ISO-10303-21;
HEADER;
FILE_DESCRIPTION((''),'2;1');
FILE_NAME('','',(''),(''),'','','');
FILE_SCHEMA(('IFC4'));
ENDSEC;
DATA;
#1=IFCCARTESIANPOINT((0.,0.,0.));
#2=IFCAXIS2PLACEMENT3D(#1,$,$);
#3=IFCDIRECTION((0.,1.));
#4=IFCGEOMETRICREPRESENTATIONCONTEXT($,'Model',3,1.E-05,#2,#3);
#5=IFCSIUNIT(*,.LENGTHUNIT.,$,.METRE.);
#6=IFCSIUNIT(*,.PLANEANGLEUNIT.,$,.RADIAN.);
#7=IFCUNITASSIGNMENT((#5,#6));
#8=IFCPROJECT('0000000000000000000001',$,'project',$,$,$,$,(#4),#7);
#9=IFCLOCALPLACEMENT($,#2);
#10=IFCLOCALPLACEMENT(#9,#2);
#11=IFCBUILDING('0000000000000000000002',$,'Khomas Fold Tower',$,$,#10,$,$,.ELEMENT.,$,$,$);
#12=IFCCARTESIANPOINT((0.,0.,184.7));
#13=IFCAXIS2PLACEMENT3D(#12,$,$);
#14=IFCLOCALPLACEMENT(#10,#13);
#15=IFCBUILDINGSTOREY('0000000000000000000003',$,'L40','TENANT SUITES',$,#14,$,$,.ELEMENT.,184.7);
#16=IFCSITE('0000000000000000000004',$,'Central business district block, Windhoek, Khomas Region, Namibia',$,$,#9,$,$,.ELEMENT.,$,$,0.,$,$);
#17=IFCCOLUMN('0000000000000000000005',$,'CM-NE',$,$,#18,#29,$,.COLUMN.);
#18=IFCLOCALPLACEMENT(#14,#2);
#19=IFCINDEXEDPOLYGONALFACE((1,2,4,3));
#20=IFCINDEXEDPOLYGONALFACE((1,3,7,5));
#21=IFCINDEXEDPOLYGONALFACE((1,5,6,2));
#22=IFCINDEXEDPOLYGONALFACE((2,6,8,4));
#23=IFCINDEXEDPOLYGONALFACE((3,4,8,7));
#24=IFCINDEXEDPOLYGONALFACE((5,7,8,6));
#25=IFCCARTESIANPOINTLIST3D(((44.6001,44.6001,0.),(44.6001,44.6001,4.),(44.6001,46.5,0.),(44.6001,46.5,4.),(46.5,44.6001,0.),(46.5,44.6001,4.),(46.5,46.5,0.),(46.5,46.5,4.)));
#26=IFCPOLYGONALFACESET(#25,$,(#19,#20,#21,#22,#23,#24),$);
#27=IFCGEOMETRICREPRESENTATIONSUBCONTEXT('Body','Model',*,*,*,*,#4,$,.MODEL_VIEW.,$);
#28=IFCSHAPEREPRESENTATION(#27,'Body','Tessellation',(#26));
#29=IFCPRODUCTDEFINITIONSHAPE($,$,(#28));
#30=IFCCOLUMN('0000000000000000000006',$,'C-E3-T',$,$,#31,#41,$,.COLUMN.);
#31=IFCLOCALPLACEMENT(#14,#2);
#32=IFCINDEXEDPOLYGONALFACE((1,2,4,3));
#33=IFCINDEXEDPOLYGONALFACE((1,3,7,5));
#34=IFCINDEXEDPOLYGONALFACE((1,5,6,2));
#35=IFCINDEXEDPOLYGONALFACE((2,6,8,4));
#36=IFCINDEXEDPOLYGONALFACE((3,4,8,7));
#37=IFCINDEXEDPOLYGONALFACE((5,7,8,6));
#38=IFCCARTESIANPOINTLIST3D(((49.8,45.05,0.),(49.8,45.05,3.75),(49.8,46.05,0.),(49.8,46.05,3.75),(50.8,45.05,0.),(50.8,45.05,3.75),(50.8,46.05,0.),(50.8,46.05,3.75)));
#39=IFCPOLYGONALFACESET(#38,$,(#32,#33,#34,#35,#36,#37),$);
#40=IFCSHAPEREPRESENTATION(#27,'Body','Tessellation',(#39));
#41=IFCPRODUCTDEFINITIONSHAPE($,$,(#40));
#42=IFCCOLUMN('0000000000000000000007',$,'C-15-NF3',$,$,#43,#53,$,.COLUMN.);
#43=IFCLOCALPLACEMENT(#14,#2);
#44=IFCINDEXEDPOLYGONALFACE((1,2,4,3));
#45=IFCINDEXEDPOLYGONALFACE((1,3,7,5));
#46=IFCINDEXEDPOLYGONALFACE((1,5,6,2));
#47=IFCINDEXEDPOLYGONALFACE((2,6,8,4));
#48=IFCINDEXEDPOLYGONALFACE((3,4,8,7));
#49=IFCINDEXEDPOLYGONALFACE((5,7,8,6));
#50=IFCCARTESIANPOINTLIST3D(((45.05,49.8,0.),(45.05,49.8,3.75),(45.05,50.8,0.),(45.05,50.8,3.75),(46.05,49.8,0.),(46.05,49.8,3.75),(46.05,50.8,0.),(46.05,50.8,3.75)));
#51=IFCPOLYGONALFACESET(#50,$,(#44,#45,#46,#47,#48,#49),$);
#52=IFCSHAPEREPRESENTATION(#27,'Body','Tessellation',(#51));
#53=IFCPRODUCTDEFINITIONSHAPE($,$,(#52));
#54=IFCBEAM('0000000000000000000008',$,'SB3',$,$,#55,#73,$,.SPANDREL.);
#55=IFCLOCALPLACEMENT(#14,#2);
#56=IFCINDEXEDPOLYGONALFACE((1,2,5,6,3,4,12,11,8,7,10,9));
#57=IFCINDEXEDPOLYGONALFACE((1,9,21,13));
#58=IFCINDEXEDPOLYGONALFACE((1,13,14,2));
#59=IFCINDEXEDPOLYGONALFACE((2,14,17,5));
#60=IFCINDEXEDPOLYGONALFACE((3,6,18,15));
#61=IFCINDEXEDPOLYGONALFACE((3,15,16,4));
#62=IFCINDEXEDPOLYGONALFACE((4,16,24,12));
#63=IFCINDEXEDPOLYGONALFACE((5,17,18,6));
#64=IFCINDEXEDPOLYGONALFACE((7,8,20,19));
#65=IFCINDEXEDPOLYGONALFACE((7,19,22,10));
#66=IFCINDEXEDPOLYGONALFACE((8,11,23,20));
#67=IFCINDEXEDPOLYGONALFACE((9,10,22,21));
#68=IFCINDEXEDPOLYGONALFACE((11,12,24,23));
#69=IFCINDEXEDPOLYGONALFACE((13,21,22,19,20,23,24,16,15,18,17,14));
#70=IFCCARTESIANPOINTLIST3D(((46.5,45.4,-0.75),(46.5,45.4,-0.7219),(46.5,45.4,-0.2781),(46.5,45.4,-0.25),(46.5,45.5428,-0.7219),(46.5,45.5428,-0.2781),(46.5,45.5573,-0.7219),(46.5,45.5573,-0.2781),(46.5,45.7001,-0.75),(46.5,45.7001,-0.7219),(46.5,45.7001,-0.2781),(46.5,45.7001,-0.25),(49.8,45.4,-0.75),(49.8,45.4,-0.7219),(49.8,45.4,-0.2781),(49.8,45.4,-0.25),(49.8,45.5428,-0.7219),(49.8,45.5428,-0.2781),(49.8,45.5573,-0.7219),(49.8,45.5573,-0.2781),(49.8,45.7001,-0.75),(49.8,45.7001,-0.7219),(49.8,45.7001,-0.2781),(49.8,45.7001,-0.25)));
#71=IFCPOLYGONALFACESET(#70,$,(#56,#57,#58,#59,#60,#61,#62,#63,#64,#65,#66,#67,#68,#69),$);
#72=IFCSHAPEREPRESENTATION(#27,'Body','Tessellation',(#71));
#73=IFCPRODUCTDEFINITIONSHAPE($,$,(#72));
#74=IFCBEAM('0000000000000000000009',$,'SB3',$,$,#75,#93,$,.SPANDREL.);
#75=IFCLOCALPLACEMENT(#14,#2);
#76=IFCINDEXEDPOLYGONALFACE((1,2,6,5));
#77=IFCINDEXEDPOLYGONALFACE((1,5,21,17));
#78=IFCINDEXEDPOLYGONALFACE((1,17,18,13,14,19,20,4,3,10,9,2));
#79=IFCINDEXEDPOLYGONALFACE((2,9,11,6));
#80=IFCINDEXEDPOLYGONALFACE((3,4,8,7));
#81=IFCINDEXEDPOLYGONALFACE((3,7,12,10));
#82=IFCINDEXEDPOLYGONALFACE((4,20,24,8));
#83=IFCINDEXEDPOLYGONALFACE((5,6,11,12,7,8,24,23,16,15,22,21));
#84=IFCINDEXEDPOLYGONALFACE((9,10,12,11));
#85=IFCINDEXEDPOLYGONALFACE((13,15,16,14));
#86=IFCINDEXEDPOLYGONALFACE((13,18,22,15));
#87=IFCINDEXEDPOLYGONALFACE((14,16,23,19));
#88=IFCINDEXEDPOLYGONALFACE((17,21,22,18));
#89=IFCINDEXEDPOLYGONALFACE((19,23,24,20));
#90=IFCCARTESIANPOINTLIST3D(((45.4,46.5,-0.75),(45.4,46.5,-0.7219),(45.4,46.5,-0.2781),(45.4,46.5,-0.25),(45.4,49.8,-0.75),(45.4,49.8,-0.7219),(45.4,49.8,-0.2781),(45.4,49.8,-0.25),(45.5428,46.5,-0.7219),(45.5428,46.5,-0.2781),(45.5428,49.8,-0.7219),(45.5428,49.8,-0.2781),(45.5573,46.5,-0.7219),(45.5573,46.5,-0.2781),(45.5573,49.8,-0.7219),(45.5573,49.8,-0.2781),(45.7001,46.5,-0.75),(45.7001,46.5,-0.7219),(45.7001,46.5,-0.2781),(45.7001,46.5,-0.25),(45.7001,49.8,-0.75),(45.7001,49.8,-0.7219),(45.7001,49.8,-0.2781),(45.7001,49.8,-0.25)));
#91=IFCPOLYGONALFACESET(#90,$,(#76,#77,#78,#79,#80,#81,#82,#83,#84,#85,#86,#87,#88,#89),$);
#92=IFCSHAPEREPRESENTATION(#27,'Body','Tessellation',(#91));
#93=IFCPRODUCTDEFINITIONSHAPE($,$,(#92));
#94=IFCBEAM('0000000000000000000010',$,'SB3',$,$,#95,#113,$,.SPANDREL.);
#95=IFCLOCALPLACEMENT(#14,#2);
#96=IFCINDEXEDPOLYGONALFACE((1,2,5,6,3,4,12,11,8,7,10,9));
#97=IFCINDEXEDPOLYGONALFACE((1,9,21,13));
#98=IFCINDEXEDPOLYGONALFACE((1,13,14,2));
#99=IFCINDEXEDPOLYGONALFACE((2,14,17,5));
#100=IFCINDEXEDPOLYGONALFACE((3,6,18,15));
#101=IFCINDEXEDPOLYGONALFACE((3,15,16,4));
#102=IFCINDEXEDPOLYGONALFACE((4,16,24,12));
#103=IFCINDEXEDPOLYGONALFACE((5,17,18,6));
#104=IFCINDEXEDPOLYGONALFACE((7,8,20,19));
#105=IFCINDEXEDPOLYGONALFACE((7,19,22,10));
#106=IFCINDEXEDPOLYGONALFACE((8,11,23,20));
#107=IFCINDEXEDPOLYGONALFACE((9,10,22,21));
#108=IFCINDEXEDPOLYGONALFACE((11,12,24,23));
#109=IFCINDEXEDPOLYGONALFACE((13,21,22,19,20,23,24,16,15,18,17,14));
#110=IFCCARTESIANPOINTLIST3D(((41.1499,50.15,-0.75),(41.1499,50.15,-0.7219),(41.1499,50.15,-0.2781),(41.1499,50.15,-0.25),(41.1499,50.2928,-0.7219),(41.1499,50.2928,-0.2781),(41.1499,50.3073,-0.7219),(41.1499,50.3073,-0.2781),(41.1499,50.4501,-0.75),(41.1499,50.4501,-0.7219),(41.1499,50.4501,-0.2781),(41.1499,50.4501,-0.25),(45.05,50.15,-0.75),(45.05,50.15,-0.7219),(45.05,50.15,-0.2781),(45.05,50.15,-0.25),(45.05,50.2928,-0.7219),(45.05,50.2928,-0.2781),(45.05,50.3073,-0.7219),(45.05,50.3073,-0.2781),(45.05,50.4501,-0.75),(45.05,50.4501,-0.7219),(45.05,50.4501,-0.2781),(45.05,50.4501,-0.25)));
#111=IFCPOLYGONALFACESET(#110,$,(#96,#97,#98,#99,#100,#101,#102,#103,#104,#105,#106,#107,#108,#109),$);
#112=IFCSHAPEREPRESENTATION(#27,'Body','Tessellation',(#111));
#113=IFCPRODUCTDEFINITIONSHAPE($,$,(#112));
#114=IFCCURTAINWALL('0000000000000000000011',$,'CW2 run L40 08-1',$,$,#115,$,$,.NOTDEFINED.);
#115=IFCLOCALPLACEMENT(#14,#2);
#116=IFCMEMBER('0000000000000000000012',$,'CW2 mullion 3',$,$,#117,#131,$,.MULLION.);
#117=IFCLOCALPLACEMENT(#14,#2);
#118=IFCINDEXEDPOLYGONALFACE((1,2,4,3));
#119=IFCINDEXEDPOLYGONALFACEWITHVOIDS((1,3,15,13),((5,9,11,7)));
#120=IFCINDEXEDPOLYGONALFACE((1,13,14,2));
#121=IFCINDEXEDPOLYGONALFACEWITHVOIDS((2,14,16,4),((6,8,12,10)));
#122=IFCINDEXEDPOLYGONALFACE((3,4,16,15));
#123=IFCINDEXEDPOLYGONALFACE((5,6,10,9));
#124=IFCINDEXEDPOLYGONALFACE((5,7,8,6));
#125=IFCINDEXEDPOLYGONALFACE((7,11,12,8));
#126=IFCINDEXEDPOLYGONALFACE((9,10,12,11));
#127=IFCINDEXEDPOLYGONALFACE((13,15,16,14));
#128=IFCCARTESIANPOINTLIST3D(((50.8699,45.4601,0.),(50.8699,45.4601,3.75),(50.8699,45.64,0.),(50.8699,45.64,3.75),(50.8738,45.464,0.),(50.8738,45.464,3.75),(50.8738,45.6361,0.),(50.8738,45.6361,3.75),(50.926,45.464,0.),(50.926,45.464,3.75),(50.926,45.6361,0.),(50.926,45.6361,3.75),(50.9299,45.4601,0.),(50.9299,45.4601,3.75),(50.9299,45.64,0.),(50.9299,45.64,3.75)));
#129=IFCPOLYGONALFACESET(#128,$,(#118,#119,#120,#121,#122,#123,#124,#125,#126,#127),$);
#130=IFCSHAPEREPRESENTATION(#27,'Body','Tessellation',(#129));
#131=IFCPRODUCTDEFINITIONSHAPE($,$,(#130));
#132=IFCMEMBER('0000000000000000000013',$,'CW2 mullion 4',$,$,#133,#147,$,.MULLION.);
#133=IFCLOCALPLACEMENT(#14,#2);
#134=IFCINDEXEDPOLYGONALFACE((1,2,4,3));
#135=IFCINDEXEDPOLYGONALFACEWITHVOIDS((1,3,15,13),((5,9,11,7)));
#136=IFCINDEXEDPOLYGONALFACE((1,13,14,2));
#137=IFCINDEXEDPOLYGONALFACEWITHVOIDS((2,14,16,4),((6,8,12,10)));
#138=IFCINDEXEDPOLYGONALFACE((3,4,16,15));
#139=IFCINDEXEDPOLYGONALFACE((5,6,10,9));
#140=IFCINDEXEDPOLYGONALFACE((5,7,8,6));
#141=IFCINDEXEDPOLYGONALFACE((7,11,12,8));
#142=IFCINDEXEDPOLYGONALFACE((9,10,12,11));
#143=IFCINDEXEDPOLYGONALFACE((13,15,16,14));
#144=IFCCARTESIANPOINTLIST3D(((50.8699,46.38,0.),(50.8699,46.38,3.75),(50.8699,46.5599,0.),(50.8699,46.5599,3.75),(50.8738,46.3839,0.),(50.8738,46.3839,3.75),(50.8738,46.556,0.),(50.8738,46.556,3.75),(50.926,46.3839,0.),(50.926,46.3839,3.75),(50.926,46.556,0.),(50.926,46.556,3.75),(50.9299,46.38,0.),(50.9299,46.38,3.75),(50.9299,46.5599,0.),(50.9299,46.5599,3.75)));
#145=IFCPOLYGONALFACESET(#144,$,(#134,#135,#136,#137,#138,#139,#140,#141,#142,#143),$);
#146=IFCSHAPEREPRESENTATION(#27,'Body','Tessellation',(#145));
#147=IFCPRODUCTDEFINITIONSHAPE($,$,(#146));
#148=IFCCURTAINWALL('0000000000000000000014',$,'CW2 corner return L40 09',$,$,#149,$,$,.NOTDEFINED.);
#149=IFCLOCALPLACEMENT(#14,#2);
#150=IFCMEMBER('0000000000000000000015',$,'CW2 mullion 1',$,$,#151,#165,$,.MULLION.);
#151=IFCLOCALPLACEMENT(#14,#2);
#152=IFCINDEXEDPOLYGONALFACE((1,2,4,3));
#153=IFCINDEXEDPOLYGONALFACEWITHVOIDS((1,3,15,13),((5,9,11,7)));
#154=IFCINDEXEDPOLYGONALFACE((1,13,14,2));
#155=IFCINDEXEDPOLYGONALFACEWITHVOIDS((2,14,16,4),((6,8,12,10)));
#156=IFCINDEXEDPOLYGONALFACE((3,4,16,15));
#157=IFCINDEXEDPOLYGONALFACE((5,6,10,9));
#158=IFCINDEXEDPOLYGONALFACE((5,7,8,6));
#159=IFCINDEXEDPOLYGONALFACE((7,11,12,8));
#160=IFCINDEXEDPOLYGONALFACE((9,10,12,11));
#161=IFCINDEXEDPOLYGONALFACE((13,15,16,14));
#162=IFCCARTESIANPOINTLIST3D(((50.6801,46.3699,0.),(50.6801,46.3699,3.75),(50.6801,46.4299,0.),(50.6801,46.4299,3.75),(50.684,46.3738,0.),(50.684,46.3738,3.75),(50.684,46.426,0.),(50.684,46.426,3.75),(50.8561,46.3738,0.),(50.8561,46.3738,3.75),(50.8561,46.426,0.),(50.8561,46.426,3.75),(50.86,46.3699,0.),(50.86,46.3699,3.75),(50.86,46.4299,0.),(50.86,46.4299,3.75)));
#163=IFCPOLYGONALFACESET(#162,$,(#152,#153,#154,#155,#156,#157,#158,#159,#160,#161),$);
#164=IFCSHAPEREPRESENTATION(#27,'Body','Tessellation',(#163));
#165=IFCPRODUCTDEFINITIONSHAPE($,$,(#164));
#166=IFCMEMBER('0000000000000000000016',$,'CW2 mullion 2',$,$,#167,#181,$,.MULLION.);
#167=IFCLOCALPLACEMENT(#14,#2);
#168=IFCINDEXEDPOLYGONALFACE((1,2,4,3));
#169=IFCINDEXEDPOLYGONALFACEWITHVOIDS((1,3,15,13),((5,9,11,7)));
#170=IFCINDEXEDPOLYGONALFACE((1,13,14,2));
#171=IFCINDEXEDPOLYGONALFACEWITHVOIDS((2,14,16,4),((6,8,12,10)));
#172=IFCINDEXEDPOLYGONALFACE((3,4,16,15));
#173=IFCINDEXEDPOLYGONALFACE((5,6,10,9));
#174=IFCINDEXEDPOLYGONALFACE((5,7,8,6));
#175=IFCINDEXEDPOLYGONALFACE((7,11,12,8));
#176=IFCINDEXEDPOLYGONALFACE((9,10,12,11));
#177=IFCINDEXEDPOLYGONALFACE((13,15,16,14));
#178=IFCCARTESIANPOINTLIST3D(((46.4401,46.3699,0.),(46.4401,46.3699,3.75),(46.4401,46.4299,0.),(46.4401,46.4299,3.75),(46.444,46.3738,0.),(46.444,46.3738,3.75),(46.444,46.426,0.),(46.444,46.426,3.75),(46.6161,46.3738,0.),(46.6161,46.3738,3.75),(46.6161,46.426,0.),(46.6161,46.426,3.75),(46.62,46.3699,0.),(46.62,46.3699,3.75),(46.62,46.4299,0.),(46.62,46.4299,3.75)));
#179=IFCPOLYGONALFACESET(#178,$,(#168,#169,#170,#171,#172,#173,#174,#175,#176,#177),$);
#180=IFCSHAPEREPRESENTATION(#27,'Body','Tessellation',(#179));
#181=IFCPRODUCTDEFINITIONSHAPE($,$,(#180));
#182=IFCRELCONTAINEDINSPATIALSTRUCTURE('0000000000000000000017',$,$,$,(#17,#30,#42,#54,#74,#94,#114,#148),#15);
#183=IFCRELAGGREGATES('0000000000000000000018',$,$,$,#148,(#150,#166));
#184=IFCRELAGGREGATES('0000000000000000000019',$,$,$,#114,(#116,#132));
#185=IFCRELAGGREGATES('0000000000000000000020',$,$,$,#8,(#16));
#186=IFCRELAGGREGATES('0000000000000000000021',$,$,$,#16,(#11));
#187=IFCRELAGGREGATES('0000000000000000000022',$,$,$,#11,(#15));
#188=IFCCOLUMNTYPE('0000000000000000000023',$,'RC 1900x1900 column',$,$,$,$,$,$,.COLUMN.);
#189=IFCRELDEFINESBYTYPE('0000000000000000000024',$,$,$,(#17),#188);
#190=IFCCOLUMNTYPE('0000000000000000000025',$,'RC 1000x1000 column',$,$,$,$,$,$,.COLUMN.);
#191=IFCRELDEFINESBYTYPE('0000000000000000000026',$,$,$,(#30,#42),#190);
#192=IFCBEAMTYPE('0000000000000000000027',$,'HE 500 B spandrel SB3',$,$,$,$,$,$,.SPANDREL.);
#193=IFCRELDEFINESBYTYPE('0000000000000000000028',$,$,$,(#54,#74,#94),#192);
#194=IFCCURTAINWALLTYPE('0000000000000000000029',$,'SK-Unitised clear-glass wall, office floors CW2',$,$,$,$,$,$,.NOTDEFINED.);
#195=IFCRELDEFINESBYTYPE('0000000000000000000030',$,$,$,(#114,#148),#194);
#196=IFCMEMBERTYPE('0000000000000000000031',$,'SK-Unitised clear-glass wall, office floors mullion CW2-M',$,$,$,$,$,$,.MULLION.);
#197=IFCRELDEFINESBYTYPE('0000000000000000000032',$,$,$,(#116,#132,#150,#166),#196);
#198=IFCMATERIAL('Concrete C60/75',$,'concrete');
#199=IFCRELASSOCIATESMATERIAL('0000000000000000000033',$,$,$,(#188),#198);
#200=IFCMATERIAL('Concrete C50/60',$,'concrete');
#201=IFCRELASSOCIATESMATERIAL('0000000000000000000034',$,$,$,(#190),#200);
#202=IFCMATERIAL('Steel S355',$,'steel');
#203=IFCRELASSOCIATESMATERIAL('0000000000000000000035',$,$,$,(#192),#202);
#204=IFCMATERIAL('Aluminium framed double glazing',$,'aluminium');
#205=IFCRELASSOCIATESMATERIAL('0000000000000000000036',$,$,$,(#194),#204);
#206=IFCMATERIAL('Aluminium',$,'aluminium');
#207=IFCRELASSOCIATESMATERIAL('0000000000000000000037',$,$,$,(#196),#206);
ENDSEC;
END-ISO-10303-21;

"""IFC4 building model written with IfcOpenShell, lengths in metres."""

from ifc_helpers import new_model, si_unit, direction, frame, origin, origin_2d, place, context, subcontext, project, spatial, rectangle, hollow_rectangle, i_section, extrude, source, transform, mapped, material, material_profile, profile_set, type_object, element, aggregate, save


model = new_model("IFC4")

# Units and contexts
model_context = context("Model", 3, precision=1e-05, world=origin(), true_north=direction((0.0, 1.0)))
body_context = subcontext(model_context, "Body", "Model", "MODEL_VIEW")
ifc_project = project(units=[si_unit("LENGTHUNIT", "METRE"), si_unit("PLANEANGLEUNIT", "RADIAN")], contexts=[model_context])

# Site, building, storey
site_placement = place(None, origin())
site = spatial("IfcSite", under=ifc_project, at=site_placement, Name="Central business district block, Windhoek, Khomas Region, Namibia", CompositionType="ELEMENT", RefElevation=0.0)
building_placement = place(site_placement, origin())
building = spatial("IfcBuilding", under=site, at=building_placement, Name="Khomas Fold Tower", CompositionType="ELEMENT")
storey_placement = place(building_placement, frame((0.0, 0.0, 184.7)))
storey = spatial("IfcBuildingStorey", under=building, at=storey_placement, Name="L40", Description="TENANT SUITES", CompositionType="ELEMENT", Elevation=184.7)

# Columns
ifc_material_1 = material(Name="Concrete C60/75", Category="concrete")
ifc_material_profile_1 = material_profile(ifc_material_1, rectangle(XDim=1.8999, YDim=1.8999, at=origin_2d()), Name="RC 1900x1900")
ifc_profile_set_1 = profile_set([ifc_material_profile_1], Name="Concrete C60/75")
column_type_1 = type_object("IfcColumnType", Name="RC 1900x1900 column", PredefinedType="COLUMN", material=ifc_profile_set_1)
shared_shape_1 = source(origin(), body_context, "Body", "SweptSolid", [
    extrude(rectangle(XDim=1.8999, YDim=1.8999, at=origin_2d()), origin(), (0.0, 0.0, 1.0), 4.0),
])
column_placement = place(storey_placement, frame((45.55, 45.55, 0.0), z_axis=(0.0, 0.0, 1.0), x_axis=(1.0, 0.0, 0.0)))
element("IfcColumn", 1, at=column_placement, inside=storey, type_object=column_type_1, Name="CM-NE", PredefinedType="COLUMN", context=body_context, shape_type="MappedRepresentation", body=[
    mapped(shared_shape_1, transform((0.0, 0.0, 0.0))),
])
ifc_material_2 = material(Name="Concrete C50/60", Category="concrete")
ifc_material_profile_2 = material_profile(ifc_material_2, rectangle(XDim=1.0, YDim=1.0, at=origin_2d()), Name="RC 1000x1000")
ifc_profile_set_2 = profile_set([ifc_material_profile_2], Name="Concrete C50/60")
column_type_2 = type_object("IfcColumnType", Name="RC 1000x1000 column", PredefinedType="COLUMN", material=ifc_profile_set_2)
shared_shape_2 = source(origin(), body_context, "Body", "SweptSolid", [
    extrude(rectangle(XDim=1.0, YDim=1.0, at=origin_2d()), origin(), (0.0, 0.0, 1.0), 3.75),
])
for number, where, z_axis, x_axis, name in (
    (2, (50.3, 45.55, 0.0), (0.0, 0.0, 1.0), (1.0, 0.0, 0.0), "C-E3-T"),
    (3, (45.55, 50.3, 0.0), (0.0, 0.0, 1.0), (1.0, 0.0, 0.0), "C-15-NF3"),
):
    element("IfcColumn", number, at=place(storey_placement, frame(where, z_axis=z_axis, x_axis=x_axis)), inside=storey, type_object=column_type_2, Name=name, PredefinedType="COLUMN", context=body_context, shape_type="MappedRepresentation", body=[
        mapped(shared_shape_2, transform((0.0, 0.0, 0.0))),
    ])

# Beams
ifc_material_3 = material(Name="Steel S355", Category="steel")
ifc_material_profile_3 = material_profile(ifc_material_3, i_section(OverallWidth=0.3, OverallDepth=0.5, WebThickness=0.0144, FlangeThickness=0.0281, at=origin_2d()), Name="HE 500 B")
ifc_profile_set_3 = profile_set([ifc_material_profile_3], Name="Steel S355")
beam_type = type_object("IfcBeamType", Name="HE 500 B spandrel SB3", PredefinedType="SPANDREL", material=ifc_profile_set_3)
shared_shape_3 = source(origin(), body_context, "Body", "SweptSolid", [
    extrude(i_section(OverallWidth=0.3, OverallDepth=0.5, WebThickness=0.0144, FlangeThickness=0.0281, at=origin_2d()), origin(), (0.0, 0.0, 1.0), 3.3),
])
for number, where, z_axis, x_axis, name in (
    (4, (46.5, 45.55, -0.5), (1.0, 0.0, 0.0), (0.0, 1.0, 0.0), "SB3"),
    (5, (45.55, 46.5, -0.5), (0.0, 1.0, 0.0), (-1.0, 0.0, 0.0), "SB3"),
):
    element("IfcBeam", number, at=place(storey_placement, frame(where, z_axis=z_axis, x_axis=x_axis)), inside=storey, type_object=beam_type, Name=name, PredefinedType="SPANDREL", context=body_context, shape_type="MappedRepresentation", body=[
        mapped(shared_shape_3, transform((0.0, 0.0, 0.0))),
    ])
shared_shape_4 = source(origin(), body_context, "Body", "SweptSolid", [
    extrude(i_section(OverallWidth=0.3, OverallDepth=0.5, WebThickness=0.0144, FlangeThickness=0.0281, at=origin_2d()), origin(), (0.0, 0.0, 1.0), 3.9001),
])
beam_placement = place(storey_placement, frame((41.1499, 50.3, -0.5), z_axis=(1.0, 0.0, 0.0), x_axis=(0.0, 1.0, 0.0)))
element("IfcBeam", 6, at=beam_placement, inside=storey, type_object=beam_type, Name="SB3", PredefinedType="SPANDREL", context=body_context, shape_type="MappedRepresentation", body=[
    mapped(shared_shape_4, transform((0.0, 0.0, 0.0))),
])

# Curtain walls, members
ifc_material_4 = material(Name="Aluminium framed double glazing", Category="aluminium")
curtain_wall_type_1 = type_object("IfcCurtainWallType", Name="SK-Unitised clear-glass wall, office floors CW2", PredefinedType="NOTDEFINED", material=ifc_material_4)
curtain_wall_1_placement = place(storey_placement, origin())
curtain_wall_1 = element("IfcCurtainWall", 7, at=curtain_wall_1_placement, inside=storey, type_object=curtain_wall_type_1, Name="CW2 run L40 08-1", PredefinedType="NOTDEFINED")
ifc_material_5 = material(Name="Aluminium", Category="aluminium")
ifc_material_profile_4 = material_profile(ifc_material_5, hollow_rectangle(XDim=0.0601, YDim=0.1799, WallThickness=0.0039, at=origin_2d()), Name="SK-Unitised clear-glass wall, office floors mullion CW2-M")
ifc_profile_set_4 = profile_set([ifc_material_profile_4], Name="Aluminium")
member_type_1 = type_object("IfcMemberType", Name="SK-Unitised clear-glass wall, office floors mullion CW2-M", PredefinedType="MULLION", material=ifc_profile_set_4)
shared_shape_5 = source(origin(), body_context, "Body", "SweptSolid", [
    extrude(hollow_rectangle(XDim=0.0601, YDim=0.1799, WallThickness=0.0039, at=origin_2d()), origin(), (0.0, 0.0, 1.0), 3.75),
])
member_1_placement = place(storey_placement, frame((50.8999, 45.55, 0.0), z_axis=(0.0, 0.0, 1.0), x_axis=(-1.0, 0.0, 0.0)))
member_1 = element("IfcMember", 8, at=member_1_placement, type_object=member_type_1, Name="CW2 mullion 3", PredefinedType="MULLION", context=body_context, shape_type="MappedRepresentation", body=[
    mapped(shared_shape_5, transform((0.0, 0.0, 0.0))),
])
member_2_placement = place(storey_placement, frame((50.8999, 46.47, 0.0), z_axis=(0.0, 0.0, 1.0), x_axis=(-1.0, 0.0, 0.0)))
member_2 = element("IfcMember", 9, at=member_2_placement, type_object=member_type_1, Name="CW2 mullion 4", PredefinedType="MULLION", context=body_context, shape_type="MappedRepresentation", body=[
    mapped(shared_shape_5, transform((0.0, 0.0, 0.0))),
])
curtain_wall_2_placement = place(storey_placement, origin())
curtain_wall_2 = element("IfcCurtainWall", 10, at=curtain_wall_2_placement, inside=storey, type_object=curtain_wall_type_1, Name="CW2 corner return L40 09", PredefinedType="NOTDEFINED")
member_3_placement = place(storey_placement, frame((50.77, 46.3999, 0.0), z_axis=(0.0, 0.0, 1.0), x_axis=(0.0, -1.0, 0.0)))
member_3 = element("IfcMember", 11, at=member_3_placement, type_object=member_type_1, Name="CW2 mullion 1", PredefinedType="MULLION", context=body_context, shape_type="MappedRepresentation", body=[
    mapped(shared_shape_5, transform((0.0, 0.0, 0.0))),
])
member_4_placement = place(storey_placement, frame((46.53, 46.3999, 0.0), z_axis=(0.0, 0.0, 1.0), x_axis=(0.0, -1.0, 0.0)))
member_4 = element("IfcMember", 12, at=member_4_placement, type_object=member_type_1, Name="CW2 mullion 2", PredefinedType="MULLION", context=body_context, shape_type="MappedRepresentation", body=[
    mapped(shared_shape_5, transform((0.0, 0.0, 0.0))),
])

aggregate(curtain_wall_2, [member_3, member_4])
aggregate(curtain_wall_1, [member_1, member_2])

save(model, "model.ifc")
